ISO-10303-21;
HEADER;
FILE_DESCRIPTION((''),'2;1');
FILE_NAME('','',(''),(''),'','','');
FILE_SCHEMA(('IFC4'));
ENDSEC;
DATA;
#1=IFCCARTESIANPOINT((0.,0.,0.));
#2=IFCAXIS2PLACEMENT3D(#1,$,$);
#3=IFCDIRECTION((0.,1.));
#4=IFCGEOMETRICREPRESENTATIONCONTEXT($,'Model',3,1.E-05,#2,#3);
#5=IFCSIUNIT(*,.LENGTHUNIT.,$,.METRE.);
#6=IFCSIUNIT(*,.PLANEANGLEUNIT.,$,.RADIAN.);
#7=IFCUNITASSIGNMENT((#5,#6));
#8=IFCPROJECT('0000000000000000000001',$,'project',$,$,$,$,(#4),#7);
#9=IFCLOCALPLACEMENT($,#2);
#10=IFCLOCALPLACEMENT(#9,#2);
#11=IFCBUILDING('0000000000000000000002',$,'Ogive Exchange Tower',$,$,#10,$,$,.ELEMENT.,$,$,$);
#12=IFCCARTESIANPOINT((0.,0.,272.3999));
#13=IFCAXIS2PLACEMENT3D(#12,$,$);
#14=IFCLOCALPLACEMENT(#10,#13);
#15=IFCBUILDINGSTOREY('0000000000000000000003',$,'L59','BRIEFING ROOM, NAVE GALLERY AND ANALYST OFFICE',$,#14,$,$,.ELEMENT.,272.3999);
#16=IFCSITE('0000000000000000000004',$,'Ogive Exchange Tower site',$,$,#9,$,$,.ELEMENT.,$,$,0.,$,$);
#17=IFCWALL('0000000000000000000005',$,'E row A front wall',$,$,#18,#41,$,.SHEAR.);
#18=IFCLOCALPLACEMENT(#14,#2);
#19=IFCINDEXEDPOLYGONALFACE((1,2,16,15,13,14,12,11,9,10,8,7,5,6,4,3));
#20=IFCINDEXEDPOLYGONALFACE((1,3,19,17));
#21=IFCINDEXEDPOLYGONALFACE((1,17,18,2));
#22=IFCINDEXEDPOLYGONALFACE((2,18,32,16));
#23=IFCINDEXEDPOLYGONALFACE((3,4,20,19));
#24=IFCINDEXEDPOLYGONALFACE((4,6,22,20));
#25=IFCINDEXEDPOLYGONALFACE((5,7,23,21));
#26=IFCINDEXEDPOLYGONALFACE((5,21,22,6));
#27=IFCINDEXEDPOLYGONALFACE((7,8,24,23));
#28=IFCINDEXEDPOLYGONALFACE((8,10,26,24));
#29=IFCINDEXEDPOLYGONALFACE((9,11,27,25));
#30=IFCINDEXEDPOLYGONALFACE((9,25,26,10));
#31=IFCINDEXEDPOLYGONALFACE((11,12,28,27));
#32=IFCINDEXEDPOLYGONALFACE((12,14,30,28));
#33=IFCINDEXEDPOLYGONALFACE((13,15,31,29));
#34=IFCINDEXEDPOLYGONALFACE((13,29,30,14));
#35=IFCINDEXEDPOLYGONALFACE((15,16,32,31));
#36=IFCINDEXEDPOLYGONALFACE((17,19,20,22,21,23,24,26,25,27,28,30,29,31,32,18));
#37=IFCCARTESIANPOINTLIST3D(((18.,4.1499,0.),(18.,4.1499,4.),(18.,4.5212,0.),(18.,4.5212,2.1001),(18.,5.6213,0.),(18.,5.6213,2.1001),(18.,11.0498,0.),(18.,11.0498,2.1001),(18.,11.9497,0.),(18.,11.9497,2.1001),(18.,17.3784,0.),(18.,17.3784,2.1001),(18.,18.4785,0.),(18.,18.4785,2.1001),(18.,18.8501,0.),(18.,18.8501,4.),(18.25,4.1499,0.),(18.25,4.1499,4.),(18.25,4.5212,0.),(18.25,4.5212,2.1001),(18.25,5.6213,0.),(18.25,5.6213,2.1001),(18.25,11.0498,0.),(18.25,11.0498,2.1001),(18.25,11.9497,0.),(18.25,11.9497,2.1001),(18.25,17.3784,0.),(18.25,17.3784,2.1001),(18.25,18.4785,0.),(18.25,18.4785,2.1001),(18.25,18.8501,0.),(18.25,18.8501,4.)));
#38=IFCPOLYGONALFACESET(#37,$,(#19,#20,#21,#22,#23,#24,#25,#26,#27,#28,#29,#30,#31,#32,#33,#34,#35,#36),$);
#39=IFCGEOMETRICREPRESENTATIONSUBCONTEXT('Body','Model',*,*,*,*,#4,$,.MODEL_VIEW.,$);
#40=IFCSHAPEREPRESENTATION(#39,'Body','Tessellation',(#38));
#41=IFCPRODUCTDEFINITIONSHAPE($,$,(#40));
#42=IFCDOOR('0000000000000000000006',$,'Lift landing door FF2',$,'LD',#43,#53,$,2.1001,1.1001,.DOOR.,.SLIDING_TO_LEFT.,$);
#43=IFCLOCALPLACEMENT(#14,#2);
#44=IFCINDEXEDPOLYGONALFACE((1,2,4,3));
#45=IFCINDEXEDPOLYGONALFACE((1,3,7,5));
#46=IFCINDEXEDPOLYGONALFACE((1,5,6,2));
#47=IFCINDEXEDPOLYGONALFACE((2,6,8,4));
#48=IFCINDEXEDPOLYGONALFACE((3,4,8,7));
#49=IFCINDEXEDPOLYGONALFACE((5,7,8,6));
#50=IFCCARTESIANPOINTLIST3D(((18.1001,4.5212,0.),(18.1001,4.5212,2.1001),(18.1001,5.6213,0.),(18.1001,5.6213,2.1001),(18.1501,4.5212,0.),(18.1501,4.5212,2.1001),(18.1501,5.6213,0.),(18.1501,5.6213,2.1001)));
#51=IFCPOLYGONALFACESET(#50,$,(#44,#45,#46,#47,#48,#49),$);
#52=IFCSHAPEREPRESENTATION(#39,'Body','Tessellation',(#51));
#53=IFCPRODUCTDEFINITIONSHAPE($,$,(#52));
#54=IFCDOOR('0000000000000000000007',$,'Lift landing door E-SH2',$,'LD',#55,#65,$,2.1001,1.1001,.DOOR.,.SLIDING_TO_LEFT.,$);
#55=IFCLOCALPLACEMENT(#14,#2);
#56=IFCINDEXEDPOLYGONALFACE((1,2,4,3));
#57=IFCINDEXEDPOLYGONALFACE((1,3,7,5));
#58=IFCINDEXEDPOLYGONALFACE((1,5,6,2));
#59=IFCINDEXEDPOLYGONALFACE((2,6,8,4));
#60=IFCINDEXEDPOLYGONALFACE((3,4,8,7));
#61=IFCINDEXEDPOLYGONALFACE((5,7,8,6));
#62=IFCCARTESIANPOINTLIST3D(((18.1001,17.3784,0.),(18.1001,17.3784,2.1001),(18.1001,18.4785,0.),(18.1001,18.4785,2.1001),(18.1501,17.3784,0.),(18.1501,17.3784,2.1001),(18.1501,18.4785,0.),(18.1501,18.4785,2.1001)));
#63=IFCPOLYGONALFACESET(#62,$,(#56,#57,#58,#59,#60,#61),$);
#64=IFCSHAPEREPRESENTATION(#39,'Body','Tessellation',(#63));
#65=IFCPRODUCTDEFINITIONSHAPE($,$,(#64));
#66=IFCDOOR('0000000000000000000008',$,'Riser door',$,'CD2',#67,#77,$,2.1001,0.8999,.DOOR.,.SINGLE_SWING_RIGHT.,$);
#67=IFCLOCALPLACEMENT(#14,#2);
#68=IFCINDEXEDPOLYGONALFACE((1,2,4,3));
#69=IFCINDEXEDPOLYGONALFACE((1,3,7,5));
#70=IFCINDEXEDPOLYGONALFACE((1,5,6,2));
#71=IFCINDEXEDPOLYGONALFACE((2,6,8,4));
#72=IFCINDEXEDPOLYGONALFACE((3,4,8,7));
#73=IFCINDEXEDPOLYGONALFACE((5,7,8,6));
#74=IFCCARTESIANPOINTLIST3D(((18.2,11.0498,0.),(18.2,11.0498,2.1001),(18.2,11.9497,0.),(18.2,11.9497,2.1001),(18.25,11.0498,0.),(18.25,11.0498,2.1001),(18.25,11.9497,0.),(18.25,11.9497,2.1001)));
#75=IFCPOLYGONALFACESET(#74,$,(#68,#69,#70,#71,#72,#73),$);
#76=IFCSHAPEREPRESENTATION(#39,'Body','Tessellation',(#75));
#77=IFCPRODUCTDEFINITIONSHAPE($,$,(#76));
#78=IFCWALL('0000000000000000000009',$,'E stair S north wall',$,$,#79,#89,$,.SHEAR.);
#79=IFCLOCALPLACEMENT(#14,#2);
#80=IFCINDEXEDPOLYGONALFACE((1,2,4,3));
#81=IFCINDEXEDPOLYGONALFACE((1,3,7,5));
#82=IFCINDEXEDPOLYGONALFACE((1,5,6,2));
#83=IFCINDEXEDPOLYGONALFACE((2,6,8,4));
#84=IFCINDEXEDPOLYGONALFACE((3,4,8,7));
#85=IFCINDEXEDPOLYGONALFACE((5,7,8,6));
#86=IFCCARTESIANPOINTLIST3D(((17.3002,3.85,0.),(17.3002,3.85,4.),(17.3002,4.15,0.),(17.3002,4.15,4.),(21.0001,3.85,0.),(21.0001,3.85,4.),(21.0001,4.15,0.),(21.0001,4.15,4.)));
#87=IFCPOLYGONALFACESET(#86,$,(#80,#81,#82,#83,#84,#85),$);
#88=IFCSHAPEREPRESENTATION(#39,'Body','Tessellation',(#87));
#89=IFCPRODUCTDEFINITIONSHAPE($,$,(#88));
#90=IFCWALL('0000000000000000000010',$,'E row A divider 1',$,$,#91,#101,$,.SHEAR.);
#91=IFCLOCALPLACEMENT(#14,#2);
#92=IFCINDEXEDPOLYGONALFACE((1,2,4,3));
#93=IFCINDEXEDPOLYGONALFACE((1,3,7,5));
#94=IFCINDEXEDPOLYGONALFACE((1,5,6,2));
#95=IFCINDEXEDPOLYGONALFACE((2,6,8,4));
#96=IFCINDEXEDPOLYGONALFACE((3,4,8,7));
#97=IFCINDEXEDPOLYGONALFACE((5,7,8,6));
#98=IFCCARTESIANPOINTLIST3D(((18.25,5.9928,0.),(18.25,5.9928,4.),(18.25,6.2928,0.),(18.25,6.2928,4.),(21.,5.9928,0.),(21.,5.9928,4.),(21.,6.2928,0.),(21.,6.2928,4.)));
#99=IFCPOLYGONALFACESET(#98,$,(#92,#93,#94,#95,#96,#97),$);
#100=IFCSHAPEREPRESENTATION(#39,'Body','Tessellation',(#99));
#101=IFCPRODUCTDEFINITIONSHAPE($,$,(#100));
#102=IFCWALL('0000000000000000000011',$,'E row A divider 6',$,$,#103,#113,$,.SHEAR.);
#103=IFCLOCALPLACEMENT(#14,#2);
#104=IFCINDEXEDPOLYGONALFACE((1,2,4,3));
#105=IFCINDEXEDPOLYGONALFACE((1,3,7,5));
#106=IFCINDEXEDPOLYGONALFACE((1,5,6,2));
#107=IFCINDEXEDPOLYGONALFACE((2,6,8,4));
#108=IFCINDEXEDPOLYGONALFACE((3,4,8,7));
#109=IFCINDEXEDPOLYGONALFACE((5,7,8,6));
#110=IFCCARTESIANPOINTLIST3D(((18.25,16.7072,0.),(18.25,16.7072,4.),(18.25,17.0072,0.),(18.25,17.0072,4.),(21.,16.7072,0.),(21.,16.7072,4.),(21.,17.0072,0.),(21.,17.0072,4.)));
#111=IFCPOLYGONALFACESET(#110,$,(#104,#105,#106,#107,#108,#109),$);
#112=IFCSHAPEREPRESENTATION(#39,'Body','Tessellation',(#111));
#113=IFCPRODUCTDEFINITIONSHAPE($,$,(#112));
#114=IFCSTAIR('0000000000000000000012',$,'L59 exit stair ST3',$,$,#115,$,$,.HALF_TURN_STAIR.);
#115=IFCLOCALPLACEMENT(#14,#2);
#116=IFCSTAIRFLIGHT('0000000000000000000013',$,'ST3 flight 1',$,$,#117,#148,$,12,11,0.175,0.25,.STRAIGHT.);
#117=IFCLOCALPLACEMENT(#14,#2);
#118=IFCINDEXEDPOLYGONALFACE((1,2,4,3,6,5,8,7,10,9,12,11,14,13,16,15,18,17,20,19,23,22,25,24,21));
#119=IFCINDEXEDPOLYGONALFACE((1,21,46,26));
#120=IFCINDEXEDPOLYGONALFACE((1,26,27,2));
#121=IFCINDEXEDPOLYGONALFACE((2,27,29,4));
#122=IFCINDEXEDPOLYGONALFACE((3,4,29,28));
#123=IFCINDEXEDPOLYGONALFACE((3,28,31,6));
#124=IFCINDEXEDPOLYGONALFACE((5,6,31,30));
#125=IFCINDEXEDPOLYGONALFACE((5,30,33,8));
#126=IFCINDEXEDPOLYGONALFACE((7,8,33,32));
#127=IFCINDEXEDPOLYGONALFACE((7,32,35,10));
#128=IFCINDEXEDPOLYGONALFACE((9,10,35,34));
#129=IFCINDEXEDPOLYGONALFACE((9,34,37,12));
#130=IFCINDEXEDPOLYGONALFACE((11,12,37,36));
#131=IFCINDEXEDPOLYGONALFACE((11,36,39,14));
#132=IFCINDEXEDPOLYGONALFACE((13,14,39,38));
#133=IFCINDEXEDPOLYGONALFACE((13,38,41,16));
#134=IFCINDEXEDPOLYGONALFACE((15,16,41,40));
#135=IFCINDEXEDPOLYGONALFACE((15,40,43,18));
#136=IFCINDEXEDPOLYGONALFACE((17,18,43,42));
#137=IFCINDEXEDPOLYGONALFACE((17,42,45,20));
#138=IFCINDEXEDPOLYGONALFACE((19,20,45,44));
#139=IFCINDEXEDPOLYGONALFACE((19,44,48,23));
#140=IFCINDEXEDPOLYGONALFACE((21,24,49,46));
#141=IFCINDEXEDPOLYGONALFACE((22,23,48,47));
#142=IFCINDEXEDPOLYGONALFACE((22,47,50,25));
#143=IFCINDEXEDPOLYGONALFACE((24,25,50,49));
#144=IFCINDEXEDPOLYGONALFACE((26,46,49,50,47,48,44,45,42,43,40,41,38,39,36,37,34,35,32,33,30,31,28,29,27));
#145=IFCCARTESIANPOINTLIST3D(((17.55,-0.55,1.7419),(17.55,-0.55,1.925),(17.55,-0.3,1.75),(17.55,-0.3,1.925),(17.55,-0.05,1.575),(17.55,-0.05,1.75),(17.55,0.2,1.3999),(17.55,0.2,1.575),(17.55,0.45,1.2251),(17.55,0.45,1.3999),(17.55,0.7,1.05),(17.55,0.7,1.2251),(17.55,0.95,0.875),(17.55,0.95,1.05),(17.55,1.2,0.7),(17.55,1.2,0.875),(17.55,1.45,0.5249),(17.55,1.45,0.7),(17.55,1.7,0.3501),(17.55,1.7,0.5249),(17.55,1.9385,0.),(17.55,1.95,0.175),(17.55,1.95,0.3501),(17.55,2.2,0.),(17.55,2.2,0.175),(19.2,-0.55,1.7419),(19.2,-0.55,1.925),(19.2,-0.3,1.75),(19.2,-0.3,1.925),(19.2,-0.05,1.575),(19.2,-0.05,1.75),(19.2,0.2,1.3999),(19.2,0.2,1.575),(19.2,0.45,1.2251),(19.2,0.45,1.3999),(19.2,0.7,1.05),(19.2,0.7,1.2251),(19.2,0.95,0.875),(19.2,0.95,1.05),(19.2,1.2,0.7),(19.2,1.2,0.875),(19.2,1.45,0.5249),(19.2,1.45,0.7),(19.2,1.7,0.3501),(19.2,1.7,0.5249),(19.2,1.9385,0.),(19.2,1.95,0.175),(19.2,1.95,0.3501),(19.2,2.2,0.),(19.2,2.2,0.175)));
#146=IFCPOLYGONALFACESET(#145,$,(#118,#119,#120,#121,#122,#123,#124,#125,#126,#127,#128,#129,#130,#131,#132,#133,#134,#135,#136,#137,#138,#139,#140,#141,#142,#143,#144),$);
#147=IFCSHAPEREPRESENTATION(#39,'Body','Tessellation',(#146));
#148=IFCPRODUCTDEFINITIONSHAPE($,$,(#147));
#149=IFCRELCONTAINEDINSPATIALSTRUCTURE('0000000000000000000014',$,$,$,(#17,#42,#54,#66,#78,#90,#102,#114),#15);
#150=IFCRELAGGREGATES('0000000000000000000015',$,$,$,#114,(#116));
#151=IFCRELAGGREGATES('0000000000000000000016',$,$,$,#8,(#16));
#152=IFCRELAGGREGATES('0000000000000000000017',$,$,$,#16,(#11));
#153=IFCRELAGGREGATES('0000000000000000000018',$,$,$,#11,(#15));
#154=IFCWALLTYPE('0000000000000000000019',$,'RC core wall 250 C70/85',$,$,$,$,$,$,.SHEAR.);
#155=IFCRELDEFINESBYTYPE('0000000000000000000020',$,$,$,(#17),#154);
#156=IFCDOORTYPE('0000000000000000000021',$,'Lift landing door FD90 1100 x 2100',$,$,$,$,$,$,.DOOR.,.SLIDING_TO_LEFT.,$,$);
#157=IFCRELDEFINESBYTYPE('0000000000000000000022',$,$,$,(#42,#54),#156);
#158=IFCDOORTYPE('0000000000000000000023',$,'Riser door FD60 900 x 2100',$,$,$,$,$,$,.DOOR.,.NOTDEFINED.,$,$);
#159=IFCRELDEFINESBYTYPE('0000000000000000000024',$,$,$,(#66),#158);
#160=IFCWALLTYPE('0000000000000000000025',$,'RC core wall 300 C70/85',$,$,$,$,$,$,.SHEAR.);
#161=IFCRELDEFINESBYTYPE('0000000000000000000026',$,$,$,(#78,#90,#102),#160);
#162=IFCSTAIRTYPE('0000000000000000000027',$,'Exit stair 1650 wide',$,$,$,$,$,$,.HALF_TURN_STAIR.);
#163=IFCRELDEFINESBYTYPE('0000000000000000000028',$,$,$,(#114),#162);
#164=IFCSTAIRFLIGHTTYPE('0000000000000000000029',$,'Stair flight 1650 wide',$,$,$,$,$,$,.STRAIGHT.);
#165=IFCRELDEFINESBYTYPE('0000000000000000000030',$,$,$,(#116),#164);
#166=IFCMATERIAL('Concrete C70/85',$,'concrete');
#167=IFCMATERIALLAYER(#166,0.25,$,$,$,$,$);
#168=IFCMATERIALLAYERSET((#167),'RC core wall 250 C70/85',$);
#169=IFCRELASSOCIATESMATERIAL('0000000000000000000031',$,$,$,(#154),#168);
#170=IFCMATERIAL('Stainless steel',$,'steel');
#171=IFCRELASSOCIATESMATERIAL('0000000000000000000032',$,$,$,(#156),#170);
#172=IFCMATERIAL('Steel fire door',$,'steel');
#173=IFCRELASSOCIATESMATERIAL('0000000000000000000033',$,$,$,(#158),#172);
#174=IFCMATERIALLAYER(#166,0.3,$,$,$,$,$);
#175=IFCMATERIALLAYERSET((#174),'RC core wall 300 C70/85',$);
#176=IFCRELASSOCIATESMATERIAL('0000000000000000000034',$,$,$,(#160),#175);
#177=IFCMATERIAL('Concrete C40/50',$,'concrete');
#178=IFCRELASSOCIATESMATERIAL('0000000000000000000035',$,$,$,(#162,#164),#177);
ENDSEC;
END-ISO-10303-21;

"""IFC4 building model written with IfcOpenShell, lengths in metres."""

from ifc_helpers import new_model, si_unit, direction, frame, frame_2d, origin, place, context, subcontext, project, spatial, polyline, rectangle, outline, extrude, material, layer, layer_set, type_object, element, fill, aggregate, save


model = new_model("IFC4")

# Units and contexts
model_context = context("Model", 3, precision=1e-05, world=origin(), true_north=direction((0.0, 1.0)))
body_context = subcontext(model_context, "Body", "Model", "MODEL_VIEW")
ifc_project = project(units=[si_unit("LENGTHUNIT", "METRE"), si_unit("PLANEANGLEUNIT", "RADIAN")], contexts=[model_context])

# Site, building, storey
site_placement = place(None, origin())
site = spatial("IfcSite", under=ifc_project, at=site_placement, Name="Ogive Exchange Tower site", CompositionType="ELEMENT", RefElevation=0.0)
building_placement = place(site_placement, origin())
building = spatial("IfcBuilding", under=site, at=building_placement, Name="Ogive Exchange Tower", CompositionType="ELEMENT")
storey_placement = place(building_placement, frame((0.0, 0.0, 272.3999)))
storey = spatial("IfcBuildingStorey", under=building, at=storey_placement, Name="L59", Description="BRIEFING ROOM, NAVE GALLERY AND ANALYST OFFICE", CompositionType="ELEMENT", Elevation=272.3999)

# Wall, openings, doors
ifc_material_1 = material(Name="Concrete C70/85", Category="concrete")
ifc_layer_1 = layer(ifc_material_1, 0.25)
ifc_layer_set_1 = layer_set([ifc_layer_1], Name="RC core wall 250 C70/85")
wall_type_1 = type_object("IfcWallType", Name="RC core wall 250 C70/85", PredefinedType="SHEAR", material=ifc_layer_set_1)
wall_1_placement = place(storey_placement, frame((18.125, 4.1499, 0.0), z_axis=(0.0, 0.0, 1.0), x_axis=(0.0, 1.0, 0.0)))
wall_1 = element("IfcWall", 1, at=wall_1_placement, inside=storey, type_object=wall_type_1, Name="E row A front wall", PredefinedType="SHEAR", context=body_context, shape_type="SweptSolid", body=[
    extrude(rectangle(XDim=14.7002, YDim=0.25, at=frame_2d((7.3501, 0.0))), origin(), (0.0, 0.0, 1.0), 4.0),
])
opening_1_placement = place(wall_1_placement, frame((6.8999, 0.0, 0.0)))
opening_1 = element("IfcOpeningElement", 2, at=opening_1_placement, cuts=wall_1, PredefinedType="OPENING", context=body_context, shape_type="SweptSolid", body=[
    extrude(rectangle(XDim=0.8999, YDim=2.1001, at=frame_2d((0.45, 1.05))), frame((0.0, 0.135, 0.0), z_axis=(0.0, -1.0, 0.0), x_axis=(1.0, 0.0, 0.0)), (0.0, 0.0, 1.0), 0.27),
])
opening_2_placement = place(wall_1_placement, frame((0.3713, 0.0, 0.0)))
opening_2 = element("IfcOpeningElement", 3, at=opening_2_placement, cuts=wall_1, PredefinedType="OPENING", context=body_context, shape_type="SweptSolid", body=[
    extrude(rectangle(XDim=1.1001, YDim=2.1001, at=frame_2d((0.55, 1.05))), frame((0.0, 0.135, 0.0), z_axis=(0.0, -1.0, 0.0), x_axis=(1.0, 0.0, 0.0)), (0.0, 0.0, 1.0), 0.27),
])
opening_3_placement = place(wall_1_placement, frame((13.2285, 0.0, 0.0)))
opening_3 = element("IfcOpeningElement", 4, at=opening_3_placement, cuts=wall_1, PredefinedType="OPENING", context=body_context, shape_type="SweptSolid", body=[
    extrude(rectangle(XDim=1.1001, YDim=2.1001, at=frame_2d((0.55, 1.05))), frame((0.0, 0.135, 0.0), z_axis=(0.0, -1.0, 0.0), x_axis=(1.0, 0.0, 0.0)), (0.0, 0.0, 1.0), 0.27),
])
ifc_material_2 = material(Name="Stainless steel", Category="steel")
door_type_1 = type_object("IfcDoorType", Name="Lift landing door FD90 1100 x 2100", OperationType="SLIDING_TO_LEFT", PredefinedType="DOOR", material=ifc_material_2)
door_1_placement = place(opening_2_placement, origin())
door_1 = element("IfcDoor", 5, at=door_1_placement, inside=storey, type_object=door_type_1, Name="Lift landing door FF2", ObjectType="LD", OperationType="SLIDING_TO_LEFT", OverallHeight=2.1001, OverallWidth=1.1001, PredefinedType="DOOR", context=body_context, shape_type="SweptSolid", body=[
    extrude(rectangle(XDim=1.1001, YDim=2.1001, at=frame_2d((0.55, 1.05))), frame((0.0, 0.0249, 0.0), z_axis=(0.0, -1.0, 0.0), x_axis=(1.0, 0.0, 0.0)), (0.0, 0.0, 1.0), 0.05),
])
fill(opening_2, door_1)
door_2_placement = place(opening_3_placement, origin())
door_2 = element("IfcDoor", 6, at=door_2_placement, inside=storey, type_object=door_type_1, Name="Lift landing door E-SH2", ObjectType="LD", OperationType="SLIDING_TO_LEFT", OverallHeight=2.1001, OverallWidth=1.1001, PredefinedType="DOOR", context=body_context, shape_type="SweptSolid", body=[
    extrude(rectangle(XDim=1.1001, YDim=2.1001, at=frame_2d((0.55, 1.05))), frame((0.0, 0.0249, 0.0), z_axis=(0.0, -1.0, 0.0), x_axis=(1.0, 0.0, 0.0)), (0.0, 0.0, 1.0), 0.05),
])
fill(opening_3, door_2)
ifc_material_3 = material(Name="Steel fire door", Category="steel")
door_type_2 = type_object("IfcDoorType", Name="Riser door FD60 900 x 2100", OperationType="NOTDEFINED", PredefinedType="DOOR", material=ifc_material_3)
door_3_placement = place(opening_1_placement, frame((0.8999, -0.2002, 0.0), z_axis=(0.0, 0.0, 1.0), x_axis=(-1.0, 0.0, 0.0)))
door_3 = element("IfcDoor", 7, at=door_3_placement, inside=storey, type_object=door_type_2, Name="Riser door", ObjectType="CD2", OperationType="SINGLE_SWING_RIGHT", OverallHeight=2.1001, OverallWidth=0.8999, PredefinedType="DOOR", context=body_context, shape_type="SweptSolid", body=[
    extrude(rectangle(XDim=0.8999, YDim=2.1001, at=frame_2d((0.45, 1.05))), frame((0.0, -0.0752, 0.0), z_axis=(0.0, -1.0, 0.0), x_axis=(1.0, 0.0, 0.0)), (0.0, 0.0, 1.0), 0.05),
])
fill(opening_1, door_3)

# Walls
ifc_layer_2 = layer(ifc_material_1, 0.3)
ifc_layer_set_2 = layer_set([ifc_layer_2], Name="RC core wall 300 C70/85")
wall_type_2 = type_object("IfcWallType", Name="RC core wall 300 C70/85", PredefinedType="SHEAR", material=ifc_layer_set_2)
wall_2_placement = place(storey_placement, frame((17.3, 4.0, 0.0), z_axis=(0.0, 0.0, 1.0), x_axis=(1.0, 0.0, 0.0)))
element("IfcWall", 8, at=wall_2_placement, inside=storey, type_object=wall_type_2, Name="E stair S north wall", PredefinedType="SHEAR", context=body_context, shape_type="SweptSolid", body=[
    extrude(rectangle(XDim=3.7, YDim=0.3, at=frame_2d((1.8501, 0.0))), origin(), (0.0, 0.0, 1.0), 4.0),
])
for number, where, z_axis, x_axis, name in (
    (9, (18.25, 6.1428, 0.0), (0.0, 0.0, 1.0), (1.0, 0.0, 0.0), "E row A divider 1"),
    (10, (18.25, 16.8572, 0.0), (0.0, 0.0, 1.0), (1.0, 0.0, 0.0), "E row A divider 6"),
):
    element("IfcWall", number, at=place(storey_placement, frame(where, z_axis=z_axis, x_axis=x_axis)), inside=storey, type_object=wall_type_2, Name=name, PredefinedType="SHEAR", context=body_context, shape_type="SweptSolid", body=[
        extrude(rectangle(XDim=2.75, YDim=0.3, at=frame_2d((1.375, 0.0))), origin(), (0.0, 0.0, 1.0), 4.0),
    ])

# Stair, stair flight
ifc_material_4 = material(Name="Concrete C40/50", Category="concrete")
stair_type = type_object("IfcStairType", Name="Exit stair 1650 wide", PredefinedType="HALF_TURN_STAIR", material=ifc_material_4)
stair_placement = place(storey_placement, origin())
stair = element("IfcStair", 11, at=stair_placement, inside=storey, type_object=stair_type, Name="L59 exit stair ST3", PredefinedType="HALF_TURN_STAIR")
stair_flight_type = type_object("IfcStairFlightType", Name="Stair flight 1650 wide", PredefinedType="STRAIGHT", material=ifc_material_4)
stair_flight_1_placement = place(storey_placement, frame((18.375, 2.2, 0.0), z_axis=(0.0, 0.0, 1.0), x_axis=(0.0, -1.0, 0.0)))
stair_flight_1 = element("IfcStairFlight", 12, at=stair_flight_1_placement, type_object=stair_flight_type, Name="ST3 flight 1", NumberOfRisers=12, NumberOfTreads=11, PredefinedType="STRAIGHT", RiserHeight=0.175, TreadLength=0.25, context=body_context, shape_type="SweptSolid", body=[
    extrude(outline(polyline([(0.0, 0.0), (0.0, 0.175), (0.25, 0.175), (0.25, 0.3501), (0.5, 0.3501), (0.5, 0.5249), (0.75, 0.5249), (0.75, 0.7), (1.0, 0.7), (1.0, 0.875), (1.25, 0.875), (1.25, 1.05), (1.5, 1.05), (1.5, 1.2251), (1.75, 1.2251), (1.75, 1.3999), (2.0, 1.3999), (2.0, 1.575), (2.25, 1.575), (2.25, 1.75), (2.5, 1.75), (2.5, 1.925), (2.75, 1.925), (2.75, 2.1001), (2.75, 1.7419), (0.2615, 0.0), (0.0, 0.0)])), frame((0.0, 0.825, 0.0), z_axis=(0.0, -1.0, 0.0), x_axis=(1.0, 0.0, 0.0)), (0.0, 0.0, 1.0), 1.6499),
])
aggregate(stair, [stair_flight_1])

save(model, "model.ifc")
